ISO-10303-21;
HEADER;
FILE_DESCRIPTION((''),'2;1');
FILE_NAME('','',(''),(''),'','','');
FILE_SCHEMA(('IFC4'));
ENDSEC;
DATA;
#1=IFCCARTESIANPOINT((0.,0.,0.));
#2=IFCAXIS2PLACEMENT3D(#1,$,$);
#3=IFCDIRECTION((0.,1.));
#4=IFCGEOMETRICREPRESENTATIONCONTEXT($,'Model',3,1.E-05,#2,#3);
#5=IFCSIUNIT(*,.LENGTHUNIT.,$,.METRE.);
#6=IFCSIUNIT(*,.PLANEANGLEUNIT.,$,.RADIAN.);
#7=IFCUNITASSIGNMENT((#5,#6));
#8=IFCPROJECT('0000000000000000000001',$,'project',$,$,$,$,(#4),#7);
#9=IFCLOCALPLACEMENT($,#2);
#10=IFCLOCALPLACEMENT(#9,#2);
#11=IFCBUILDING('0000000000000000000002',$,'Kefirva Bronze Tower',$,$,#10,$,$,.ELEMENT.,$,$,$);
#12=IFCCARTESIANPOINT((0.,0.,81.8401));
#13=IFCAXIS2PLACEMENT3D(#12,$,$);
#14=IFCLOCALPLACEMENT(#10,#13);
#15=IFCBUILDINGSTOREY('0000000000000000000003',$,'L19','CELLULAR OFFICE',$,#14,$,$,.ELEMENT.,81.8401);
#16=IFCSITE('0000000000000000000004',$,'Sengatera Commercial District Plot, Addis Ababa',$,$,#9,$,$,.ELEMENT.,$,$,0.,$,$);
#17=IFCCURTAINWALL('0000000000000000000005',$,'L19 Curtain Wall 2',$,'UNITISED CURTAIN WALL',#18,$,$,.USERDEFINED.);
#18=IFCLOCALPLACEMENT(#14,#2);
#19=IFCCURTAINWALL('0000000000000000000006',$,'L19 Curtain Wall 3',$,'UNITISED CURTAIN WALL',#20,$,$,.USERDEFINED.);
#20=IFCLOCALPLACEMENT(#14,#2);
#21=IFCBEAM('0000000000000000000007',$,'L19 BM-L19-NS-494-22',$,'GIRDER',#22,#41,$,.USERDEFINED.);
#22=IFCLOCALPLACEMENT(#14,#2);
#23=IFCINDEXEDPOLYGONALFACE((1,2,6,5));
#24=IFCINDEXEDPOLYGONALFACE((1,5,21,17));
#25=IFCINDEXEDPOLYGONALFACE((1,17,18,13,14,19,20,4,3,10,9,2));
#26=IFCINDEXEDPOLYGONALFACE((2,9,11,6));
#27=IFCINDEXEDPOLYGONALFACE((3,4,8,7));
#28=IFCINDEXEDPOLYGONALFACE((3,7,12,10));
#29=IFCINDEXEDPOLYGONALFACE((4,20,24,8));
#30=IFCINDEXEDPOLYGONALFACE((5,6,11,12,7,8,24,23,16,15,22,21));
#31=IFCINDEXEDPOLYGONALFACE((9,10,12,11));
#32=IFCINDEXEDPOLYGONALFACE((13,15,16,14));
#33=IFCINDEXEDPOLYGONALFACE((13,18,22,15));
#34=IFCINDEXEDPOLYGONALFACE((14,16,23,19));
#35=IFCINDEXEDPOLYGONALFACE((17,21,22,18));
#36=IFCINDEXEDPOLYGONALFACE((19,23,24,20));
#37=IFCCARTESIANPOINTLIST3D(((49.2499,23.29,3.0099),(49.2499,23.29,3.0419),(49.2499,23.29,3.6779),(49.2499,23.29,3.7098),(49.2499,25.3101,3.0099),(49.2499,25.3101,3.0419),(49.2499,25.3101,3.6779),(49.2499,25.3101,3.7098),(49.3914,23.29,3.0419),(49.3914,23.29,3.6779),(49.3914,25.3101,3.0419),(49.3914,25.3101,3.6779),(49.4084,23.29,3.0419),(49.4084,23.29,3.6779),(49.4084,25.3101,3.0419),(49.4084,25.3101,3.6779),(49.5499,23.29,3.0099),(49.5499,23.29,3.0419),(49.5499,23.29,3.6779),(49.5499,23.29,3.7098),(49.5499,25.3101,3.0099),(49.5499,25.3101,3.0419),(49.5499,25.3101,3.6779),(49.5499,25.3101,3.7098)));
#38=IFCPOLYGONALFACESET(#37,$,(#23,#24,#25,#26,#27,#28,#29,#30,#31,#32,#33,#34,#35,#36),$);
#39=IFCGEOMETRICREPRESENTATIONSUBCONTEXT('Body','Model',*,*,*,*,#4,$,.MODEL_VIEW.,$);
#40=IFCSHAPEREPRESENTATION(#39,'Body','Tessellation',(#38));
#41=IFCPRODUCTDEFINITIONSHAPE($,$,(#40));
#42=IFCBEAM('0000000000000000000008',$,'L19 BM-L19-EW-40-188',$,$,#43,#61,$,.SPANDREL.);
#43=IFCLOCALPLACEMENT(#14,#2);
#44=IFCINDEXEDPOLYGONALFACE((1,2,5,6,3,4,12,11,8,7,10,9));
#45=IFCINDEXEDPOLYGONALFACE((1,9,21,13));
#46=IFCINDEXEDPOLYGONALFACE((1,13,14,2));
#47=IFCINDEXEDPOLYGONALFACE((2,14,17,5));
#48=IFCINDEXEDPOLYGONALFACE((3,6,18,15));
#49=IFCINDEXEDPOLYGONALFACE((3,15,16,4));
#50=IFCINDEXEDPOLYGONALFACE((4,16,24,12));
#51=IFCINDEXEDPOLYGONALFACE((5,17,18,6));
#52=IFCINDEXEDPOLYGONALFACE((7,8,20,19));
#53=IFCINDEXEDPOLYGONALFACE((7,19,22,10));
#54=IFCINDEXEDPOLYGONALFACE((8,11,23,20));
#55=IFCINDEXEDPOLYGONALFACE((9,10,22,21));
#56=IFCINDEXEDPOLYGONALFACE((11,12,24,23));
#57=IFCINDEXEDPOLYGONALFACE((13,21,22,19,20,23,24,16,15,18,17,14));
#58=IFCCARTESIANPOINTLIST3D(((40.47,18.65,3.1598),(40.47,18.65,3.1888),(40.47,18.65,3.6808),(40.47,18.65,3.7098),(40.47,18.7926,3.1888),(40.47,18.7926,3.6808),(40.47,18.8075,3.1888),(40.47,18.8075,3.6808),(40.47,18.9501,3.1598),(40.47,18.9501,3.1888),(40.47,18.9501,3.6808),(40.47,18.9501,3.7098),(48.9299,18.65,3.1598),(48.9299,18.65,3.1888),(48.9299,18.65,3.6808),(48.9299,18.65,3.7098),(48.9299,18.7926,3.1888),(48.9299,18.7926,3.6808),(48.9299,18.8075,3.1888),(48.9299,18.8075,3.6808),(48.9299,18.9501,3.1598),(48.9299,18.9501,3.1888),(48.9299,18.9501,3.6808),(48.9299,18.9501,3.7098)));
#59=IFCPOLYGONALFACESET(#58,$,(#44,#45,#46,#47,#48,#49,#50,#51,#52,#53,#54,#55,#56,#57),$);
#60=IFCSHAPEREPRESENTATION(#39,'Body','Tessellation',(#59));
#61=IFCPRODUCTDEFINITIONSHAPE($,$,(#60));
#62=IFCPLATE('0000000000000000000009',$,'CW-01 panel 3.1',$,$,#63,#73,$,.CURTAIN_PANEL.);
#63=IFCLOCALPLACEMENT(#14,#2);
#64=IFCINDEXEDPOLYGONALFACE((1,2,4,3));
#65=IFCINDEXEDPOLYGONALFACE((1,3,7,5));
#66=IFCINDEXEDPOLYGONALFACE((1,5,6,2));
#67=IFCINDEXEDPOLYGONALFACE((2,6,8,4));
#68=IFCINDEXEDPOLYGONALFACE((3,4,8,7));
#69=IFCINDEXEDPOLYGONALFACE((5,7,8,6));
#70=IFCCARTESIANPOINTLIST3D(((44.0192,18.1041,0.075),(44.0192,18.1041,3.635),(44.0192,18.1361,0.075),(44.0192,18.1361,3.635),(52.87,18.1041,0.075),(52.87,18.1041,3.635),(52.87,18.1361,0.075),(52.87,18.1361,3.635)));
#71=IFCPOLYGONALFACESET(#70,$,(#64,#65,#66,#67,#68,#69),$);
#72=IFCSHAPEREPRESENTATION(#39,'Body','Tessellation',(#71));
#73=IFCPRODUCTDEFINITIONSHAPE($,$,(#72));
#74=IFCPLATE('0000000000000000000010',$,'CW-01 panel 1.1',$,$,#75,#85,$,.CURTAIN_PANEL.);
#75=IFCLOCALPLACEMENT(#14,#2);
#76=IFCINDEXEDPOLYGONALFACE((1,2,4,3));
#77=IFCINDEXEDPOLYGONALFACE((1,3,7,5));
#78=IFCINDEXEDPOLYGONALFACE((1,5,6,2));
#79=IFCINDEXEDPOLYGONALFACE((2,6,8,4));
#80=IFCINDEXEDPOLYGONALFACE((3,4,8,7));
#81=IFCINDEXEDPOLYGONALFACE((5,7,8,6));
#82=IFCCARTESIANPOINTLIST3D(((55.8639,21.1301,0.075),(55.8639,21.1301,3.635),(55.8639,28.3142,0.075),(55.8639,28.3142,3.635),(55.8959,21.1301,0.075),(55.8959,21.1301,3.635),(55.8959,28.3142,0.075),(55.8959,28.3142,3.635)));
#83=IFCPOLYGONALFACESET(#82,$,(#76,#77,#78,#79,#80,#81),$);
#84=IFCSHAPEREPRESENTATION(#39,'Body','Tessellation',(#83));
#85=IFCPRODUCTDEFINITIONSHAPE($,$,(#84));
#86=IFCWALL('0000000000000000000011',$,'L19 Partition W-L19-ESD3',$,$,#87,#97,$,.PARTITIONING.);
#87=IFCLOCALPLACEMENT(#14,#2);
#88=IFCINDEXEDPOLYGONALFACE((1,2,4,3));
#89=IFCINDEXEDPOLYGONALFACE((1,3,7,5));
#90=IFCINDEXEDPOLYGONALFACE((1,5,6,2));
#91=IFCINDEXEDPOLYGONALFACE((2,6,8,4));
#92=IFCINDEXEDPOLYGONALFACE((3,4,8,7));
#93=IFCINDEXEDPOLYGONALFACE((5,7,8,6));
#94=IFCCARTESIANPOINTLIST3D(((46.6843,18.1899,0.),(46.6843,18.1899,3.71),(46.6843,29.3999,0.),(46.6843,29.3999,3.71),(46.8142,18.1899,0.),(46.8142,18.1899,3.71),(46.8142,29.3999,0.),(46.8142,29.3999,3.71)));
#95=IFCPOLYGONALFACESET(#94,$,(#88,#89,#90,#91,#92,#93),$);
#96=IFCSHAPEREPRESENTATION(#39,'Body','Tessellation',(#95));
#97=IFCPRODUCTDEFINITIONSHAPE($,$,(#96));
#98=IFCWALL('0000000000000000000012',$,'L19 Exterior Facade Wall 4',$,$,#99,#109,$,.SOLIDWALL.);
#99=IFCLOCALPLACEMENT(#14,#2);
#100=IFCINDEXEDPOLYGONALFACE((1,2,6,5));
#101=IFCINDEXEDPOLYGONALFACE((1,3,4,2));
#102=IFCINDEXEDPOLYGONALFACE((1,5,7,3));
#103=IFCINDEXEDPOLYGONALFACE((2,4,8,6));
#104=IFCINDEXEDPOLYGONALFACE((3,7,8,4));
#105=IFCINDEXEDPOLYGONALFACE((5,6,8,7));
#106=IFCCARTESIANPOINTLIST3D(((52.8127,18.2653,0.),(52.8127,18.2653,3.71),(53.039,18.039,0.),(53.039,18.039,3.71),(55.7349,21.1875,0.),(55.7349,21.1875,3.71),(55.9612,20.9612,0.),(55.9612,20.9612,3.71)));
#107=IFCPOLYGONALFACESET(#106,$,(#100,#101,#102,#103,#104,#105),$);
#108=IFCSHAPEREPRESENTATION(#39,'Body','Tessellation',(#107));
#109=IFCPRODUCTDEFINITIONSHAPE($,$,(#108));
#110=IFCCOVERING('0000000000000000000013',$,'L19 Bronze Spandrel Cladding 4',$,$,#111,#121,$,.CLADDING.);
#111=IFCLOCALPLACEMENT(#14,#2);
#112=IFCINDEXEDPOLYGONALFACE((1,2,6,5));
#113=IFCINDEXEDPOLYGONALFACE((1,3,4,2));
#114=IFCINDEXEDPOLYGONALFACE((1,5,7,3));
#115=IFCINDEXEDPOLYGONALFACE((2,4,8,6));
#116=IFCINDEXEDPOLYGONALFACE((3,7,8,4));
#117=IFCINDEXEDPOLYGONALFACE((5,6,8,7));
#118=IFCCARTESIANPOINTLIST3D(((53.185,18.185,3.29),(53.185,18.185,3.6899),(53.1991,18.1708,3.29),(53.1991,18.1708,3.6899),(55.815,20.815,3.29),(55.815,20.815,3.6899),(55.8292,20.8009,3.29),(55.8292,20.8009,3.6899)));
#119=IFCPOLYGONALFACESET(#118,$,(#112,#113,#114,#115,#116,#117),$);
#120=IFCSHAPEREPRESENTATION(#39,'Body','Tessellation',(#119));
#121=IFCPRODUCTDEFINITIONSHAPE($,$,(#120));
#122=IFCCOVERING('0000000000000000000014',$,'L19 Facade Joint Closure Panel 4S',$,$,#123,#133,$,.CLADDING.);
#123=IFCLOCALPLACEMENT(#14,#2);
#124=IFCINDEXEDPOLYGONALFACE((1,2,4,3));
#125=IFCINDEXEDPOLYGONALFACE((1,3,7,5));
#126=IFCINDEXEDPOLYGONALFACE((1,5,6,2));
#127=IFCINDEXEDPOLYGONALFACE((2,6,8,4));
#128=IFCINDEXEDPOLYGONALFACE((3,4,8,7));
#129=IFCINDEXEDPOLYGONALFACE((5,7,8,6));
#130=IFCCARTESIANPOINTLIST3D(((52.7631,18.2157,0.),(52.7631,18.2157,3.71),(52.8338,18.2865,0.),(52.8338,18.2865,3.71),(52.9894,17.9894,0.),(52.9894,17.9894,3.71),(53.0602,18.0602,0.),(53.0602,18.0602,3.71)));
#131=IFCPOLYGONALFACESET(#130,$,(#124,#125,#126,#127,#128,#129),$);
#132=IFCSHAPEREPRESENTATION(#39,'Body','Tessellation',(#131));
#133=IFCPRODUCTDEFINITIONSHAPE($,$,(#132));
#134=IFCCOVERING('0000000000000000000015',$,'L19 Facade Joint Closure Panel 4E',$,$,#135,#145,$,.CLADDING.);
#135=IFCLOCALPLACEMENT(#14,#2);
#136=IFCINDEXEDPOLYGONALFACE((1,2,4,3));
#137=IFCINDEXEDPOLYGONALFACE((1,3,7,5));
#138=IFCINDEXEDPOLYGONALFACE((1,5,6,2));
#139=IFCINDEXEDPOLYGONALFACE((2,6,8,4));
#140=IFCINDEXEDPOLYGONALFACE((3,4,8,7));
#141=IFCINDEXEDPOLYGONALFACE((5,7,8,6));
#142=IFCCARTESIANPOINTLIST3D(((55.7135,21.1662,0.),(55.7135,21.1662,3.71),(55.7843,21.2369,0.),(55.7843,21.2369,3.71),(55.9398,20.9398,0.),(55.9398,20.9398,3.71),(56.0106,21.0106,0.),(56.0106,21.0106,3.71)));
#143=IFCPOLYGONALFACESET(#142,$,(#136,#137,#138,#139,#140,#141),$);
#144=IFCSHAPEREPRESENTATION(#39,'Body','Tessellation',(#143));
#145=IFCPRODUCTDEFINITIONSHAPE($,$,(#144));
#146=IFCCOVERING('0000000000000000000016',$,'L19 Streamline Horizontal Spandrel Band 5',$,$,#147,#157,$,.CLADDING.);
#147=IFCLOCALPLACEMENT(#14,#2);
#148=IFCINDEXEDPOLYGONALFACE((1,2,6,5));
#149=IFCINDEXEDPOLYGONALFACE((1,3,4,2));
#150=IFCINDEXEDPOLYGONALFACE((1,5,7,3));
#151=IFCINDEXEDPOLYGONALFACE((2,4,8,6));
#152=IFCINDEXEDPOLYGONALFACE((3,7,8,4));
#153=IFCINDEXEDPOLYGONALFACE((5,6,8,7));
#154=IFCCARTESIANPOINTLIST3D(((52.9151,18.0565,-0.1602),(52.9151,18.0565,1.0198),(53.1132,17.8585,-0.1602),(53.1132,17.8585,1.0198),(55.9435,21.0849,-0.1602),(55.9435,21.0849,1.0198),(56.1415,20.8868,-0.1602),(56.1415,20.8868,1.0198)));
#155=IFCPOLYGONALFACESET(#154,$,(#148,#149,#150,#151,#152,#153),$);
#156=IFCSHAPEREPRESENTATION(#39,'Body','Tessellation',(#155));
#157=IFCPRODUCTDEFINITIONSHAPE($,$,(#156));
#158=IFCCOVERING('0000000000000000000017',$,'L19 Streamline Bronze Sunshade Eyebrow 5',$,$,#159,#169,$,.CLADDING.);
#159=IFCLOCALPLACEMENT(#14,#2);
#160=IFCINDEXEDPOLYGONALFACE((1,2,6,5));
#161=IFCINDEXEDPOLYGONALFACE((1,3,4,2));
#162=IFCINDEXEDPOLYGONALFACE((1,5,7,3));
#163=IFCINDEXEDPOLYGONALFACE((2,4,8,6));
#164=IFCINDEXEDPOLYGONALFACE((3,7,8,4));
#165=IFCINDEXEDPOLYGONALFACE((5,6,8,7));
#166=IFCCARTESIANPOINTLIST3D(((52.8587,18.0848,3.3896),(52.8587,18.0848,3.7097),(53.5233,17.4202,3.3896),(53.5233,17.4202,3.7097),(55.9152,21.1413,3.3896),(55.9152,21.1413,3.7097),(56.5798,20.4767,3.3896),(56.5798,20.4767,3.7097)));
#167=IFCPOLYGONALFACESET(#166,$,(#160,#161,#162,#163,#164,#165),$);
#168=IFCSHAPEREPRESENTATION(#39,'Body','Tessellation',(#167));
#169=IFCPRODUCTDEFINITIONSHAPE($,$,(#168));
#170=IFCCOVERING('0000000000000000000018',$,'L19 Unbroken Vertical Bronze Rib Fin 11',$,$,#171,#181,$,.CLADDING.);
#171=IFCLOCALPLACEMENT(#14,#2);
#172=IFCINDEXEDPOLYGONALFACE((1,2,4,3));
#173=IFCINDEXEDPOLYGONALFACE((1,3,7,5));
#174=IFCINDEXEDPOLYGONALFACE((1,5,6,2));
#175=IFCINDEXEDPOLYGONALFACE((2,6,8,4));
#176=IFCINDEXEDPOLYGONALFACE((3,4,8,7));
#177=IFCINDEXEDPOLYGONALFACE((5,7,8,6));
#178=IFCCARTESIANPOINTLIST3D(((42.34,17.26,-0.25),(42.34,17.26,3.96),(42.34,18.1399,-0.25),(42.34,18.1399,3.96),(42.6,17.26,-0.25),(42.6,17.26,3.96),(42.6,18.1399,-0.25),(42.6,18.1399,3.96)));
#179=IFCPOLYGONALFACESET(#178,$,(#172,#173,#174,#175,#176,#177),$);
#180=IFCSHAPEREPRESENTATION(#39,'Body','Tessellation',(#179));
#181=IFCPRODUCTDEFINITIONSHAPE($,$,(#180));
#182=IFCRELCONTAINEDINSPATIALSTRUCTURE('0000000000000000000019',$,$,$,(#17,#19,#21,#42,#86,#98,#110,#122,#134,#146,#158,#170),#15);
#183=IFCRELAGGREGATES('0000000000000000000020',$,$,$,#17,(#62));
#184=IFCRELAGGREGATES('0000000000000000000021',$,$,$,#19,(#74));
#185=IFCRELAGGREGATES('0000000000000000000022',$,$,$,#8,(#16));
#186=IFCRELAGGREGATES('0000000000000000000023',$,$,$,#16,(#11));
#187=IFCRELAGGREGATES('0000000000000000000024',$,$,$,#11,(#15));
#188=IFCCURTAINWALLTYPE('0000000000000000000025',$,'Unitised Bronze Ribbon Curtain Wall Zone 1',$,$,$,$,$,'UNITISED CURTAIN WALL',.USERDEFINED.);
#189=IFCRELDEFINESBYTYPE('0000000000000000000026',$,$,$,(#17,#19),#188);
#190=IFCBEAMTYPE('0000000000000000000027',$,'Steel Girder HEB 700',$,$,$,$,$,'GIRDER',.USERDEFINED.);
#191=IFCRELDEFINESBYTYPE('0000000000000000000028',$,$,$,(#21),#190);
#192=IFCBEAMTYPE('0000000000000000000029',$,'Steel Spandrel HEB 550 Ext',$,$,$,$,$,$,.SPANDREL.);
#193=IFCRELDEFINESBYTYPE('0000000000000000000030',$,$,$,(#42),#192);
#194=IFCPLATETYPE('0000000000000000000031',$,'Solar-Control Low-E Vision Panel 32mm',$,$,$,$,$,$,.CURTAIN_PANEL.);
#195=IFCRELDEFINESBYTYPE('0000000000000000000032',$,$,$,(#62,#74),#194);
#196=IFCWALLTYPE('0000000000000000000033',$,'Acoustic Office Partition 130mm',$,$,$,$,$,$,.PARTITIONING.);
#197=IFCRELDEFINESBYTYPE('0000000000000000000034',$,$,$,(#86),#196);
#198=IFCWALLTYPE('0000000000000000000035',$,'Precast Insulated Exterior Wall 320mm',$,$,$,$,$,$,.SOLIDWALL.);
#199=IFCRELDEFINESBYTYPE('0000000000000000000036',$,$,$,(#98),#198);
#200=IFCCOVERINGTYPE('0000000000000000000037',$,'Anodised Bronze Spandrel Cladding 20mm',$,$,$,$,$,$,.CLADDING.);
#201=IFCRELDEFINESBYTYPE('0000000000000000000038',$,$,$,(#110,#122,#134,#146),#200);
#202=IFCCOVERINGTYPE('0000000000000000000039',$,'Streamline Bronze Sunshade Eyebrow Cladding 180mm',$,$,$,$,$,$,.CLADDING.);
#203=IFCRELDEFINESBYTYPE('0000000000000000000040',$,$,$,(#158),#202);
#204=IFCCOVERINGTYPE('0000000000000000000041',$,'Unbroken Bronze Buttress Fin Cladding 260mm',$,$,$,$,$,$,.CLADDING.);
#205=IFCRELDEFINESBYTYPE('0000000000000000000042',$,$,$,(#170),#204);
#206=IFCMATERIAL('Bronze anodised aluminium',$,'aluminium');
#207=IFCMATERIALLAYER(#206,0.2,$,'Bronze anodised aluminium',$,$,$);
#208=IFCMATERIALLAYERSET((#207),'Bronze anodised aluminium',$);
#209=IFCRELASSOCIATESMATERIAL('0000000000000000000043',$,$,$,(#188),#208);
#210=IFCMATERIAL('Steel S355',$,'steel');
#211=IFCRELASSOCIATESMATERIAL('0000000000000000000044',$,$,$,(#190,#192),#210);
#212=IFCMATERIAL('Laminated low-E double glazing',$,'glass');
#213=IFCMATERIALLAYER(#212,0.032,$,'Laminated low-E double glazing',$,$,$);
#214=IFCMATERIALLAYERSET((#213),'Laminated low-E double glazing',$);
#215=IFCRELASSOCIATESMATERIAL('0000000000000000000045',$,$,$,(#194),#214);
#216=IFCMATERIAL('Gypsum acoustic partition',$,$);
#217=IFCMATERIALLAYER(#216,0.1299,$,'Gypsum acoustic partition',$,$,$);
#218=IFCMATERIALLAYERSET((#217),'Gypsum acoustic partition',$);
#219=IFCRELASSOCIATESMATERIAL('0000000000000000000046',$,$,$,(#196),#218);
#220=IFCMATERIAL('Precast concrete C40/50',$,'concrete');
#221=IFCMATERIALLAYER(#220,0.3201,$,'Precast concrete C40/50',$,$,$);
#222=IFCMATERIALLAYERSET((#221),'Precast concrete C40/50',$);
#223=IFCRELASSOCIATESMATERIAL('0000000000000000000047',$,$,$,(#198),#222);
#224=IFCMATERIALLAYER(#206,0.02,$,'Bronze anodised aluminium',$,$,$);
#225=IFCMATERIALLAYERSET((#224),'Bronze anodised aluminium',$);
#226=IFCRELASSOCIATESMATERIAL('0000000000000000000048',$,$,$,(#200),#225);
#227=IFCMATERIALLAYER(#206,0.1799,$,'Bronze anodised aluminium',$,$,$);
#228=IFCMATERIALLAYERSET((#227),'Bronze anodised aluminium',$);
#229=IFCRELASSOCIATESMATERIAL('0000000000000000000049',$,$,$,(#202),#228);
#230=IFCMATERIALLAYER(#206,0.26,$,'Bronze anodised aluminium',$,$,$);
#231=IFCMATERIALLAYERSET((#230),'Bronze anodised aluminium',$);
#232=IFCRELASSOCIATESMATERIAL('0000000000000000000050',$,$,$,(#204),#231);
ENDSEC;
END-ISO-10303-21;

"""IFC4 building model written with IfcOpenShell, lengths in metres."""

from ifc_helpers import new_model, si_unit, direction, frame, frame_2d, origin, origin_2d, place, context, subcontext, project, spatial, rectangle, i_section, extrude, material, layer, layer_set, material_profile, profile_set, type_object, element, aggregate, save


model = new_model("IFC4")

# Units and contexts
model_context = context("Model", 3, precision=1e-05, world=origin(), true_north=direction((0.0, 1.0)))
body_context = subcontext(model_context, "Body", "Model", "MODEL_VIEW")
ifc_project = project(units=[si_unit("LENGTHUNIT", "METRE"), si_unit("PLANEANGLEUNIT", "RADIAN")], contexts=[model_context])

# Site, building, storey
site_placement = place(None, origin())
site = spatial("IfcSite", under=ifc_project, at=site_placement, Name="Sengatera Commercial District Plot, Addis Ababa", CompositionType="ELEMENT", RefElevation=0.0)
building_placement = place(site_placement, origin())
building = spatial("IfcBuilding", under=site, at=building_placement, Name="Kefirva Bronze Tower", CompositionType="ELEMENT")
storey_placement = place(building_placement, frame((0.0, 0.0, 81.8401)))
storey = spatial("IfcBuildingStorey", under=building, at=storey_placement, Name="L19", Description="CELLULAR OFFICE", CompositionType="ELEMENT", Elevation=81.8401)

# Curtain wall
ifc_material_1 = material(Name="Bronze anodised aluminium", Category="aluminium")
ifc_layer_1 = layer(ifc_material_1, 0.2, Name="Bronze anodised aluminium")
ifc_layer_set_1 = layer_set([ifc_layer_1], Name="Bronze anodised aluminium")
curtain_wall_type = type_object("IfcCurtainWallType", Name="Unitised Bronze Ribbon Curtain Wall Zone 1", ElementType="UNITISED CURTAIN WALL", PredefinedType="USERDEFINED", material=ifc_layer_set_1)
curtain_wall_1_placement = place(storey_placement, origin())
curtain_wall_1 = element("IfcCurtainWall", 1, at=curtain_wall_1_placement, inside=storey, type_object=curtain_wall_type, Name="L19 Curtain Wall 2", ObjectType="UNITISED CURTAIN WALL", PredefinedType="USERDEFINED")

# Curtain wall
curtain_wall_2_placement = place(storey_placement, origin())
curtain_wall_2 = element("IfcCurtainWall", 2, at=curtain_wall_2_placement, inside=storey, type_object=curtain_wall_type, Name="L19 Curtain Wall 3", ObjectType="UNITISED CURTAIN WALL", PredefinedType="USERDEFINED")

# Beams
ifc_material_2 = material(Name="Steel S355", Category="steel")
ifc_material_profile_1 = material_profile(ifc_material_2, i_section(OverallWidth=0.3, OverallDepth=0.7, WebThickness=0.0171, FlangeThickness=0.032, at=origin_2d()), Name="HEB 700")
ifc_profile_set_1 = profile_set([ifc_material_profile_1], Name="Steel S355")
beam_type_1 = type_object("IfcBeamType", Name="Steel Girder HEB 700", ElementType="GIRDER", PredefinedType="USERDEFINED", material=ifc_profile_set_1)
beam_1_placement = place(storey_placement, frame((49.3999, 23.29, 3.3599), z_axis=(0.0, 1.0, 0.0), x_axis=(-1.0, 0.0, 0.0)))
element("IfcBeam", 3, at=beam_1_placement, inside=storey, type_object=beam_type_1, Name="L19 BM-L19-NS-494-22", ObjectType="GIRDER", PredefinedType="USERDEFINED", context=body_context, shape_type="SweptSolid", body=[
    extrude(i_section(OverallWidth=0.3, OverallDepth=0.7, WebThickness=0.0171, FlangeThickness=0.032, at=origin_2d()), origin(), (0.0, 0.0, 1.0), 2.02),
])
ifc_material_profile_2 = material_profile(ifc_material_2, i_section(OverallWidth=0.3, OverallDepth=0.55, WebThickness=0.0149, FlangeThickness=0.0291, at=origin_2d()), Name="HEB 550")
ifc_profile_set_2 = profile_set([ifc_material_profile_2], Name="Steel S355")
beam_type_2 = type_object("IfcBeamType", Name="Steel Spandrel HEB 550 Ext", PredefinedType="SPANDREL", material=ifc_profile_set_2)
beam_2_placement = place(storey_placement, frame((40.47, 18.8, 3.4348), z_axis=(1.0, 0.0, 0.0), x_axis=(0.0, 1.0, 0.0)))
element("IfcBeam", 4, at=beam_2_placement, inside=storey, type_object=beam_type_2, Name="L19 BM-L19-EW-40-188", PredefinedType="SPANDREL", context=body_context, shape_type="SweptSolid", body=[
    extrude(i_section(OverallWidth=0.3, OverallDepth=0.55, WebThickness=0.0149, FlangeThickness=0.0291, at=origin_2d()), origin(), (0.0, 0.0, 1.0), 8.46),
])

# Plates
ifc_material_3 = material(Name="Laminated low-E double glazing", Category="glass")
ifc_layer_2 = layer(ifc_material_3, 0.032, Name="Laminated low-E double glazing")
ifc_layer_set_2 = layer_set([ifc_layer_2], Name="Laminated low-E double glazing")
plate_type = type_object("IfcPlateType", Name="Solar-Control Low-E Vision Panel 32mm", PredefinedType="CURTAIN_PANEL", material=ifc_layer_set_2)
plate_1_placement = place(storey_placement, frame((48.4446, 18.1201, 0.075), z_axis=(0.0, 0.0, 1.0), x_axis=(1.0, 0.0, 0.0)))
plate_1 = element("IfcPlate", 5, at=plate_1_placement, type_object=plate_type, Name="CW-01 panel 3.1", PredefinedType="CURTAIN_PANEL", context=body_context, shape_type="SweptSolid", body=[
    extrude(rectangle(XDim=8.8508, YDim=0.032, at=origin_2d()), origin(), (0.0, 0.0, 1.0), 3.5601),
])
aggregate(curtain_wall_1, [plate_1])
plate_2_placement = place(storey_placement, frame((55.8799, 24.7222, 0.075), z_axis=(0.0, 0.0, 1.0), x_axis=(0.0, 1.0, 0.0)))
plate_2 = element("IfcPlate", 6, at=plate_2_placement, type_object=plate_type, Name="CW-01 panel 1.1", PredefinedType="CURTAIN_PANEL", context=body_context, shape_type="SweptSolid", body=[
    extrude(rectangle(XDim=7.1841, YDim=0.032, at=origin_2d()), origin(), (0.0, 0.0, 1.0), 3.5601),
])
aggregate(curtain_wall_2, [plate_2])

# Walls
ifc_material_4 = material(Name="Gypsum acoustic partition")
ifc_layer_3 = layer(ifc_material_4, 0.1299, Name="Gypsum acoustic partition")
ifc_layer_set_3 = layer_set([ifc_layer_3], Name="Gypsum acoustic partition")
wall_type_1 = type_object("IfcWallType", Name="Acoustic Office Partition 130mm", PredefinedType="PARTITIONING", material=ifc_layer_set_3)
wall_1_placement = place(storey_placement, frame((46.7493, 18.1899, 0.0), z_axis=(0.0, 0.0, 1.0), x_axis=(0.0, 1.0, 0.0)))
element("IfcWall", 7, at=wall_1_placement, inside=storey, type_object=wall_type_1, Name="L19 Partition W-L19-ESD3", PredefinedType="PARTITIONING", context=body_context, shape_type="SweptSolid", body=[
    extrude(rectangle(XDim=11.21, YDim=0.1299, at=frame_2d((5.605, 0.0))), origin(), (0.0, 0.0, 1.0), 3.71),
])
ifc_material_5 = material(Name="Precast concrete C40/50", Category="concrete")
ifc_layer_4 = layer(ifc_material_5, 0.3201, Name="Precast concrete C40/50")
ifc_layer_set_4 = layer_set([ifc_layer_4], Name="Precast concrete C40/50")
wall_type_2 = type_object("IfcWallType", Name="Precast Insulated Exterior Wall 320mm", PredefinedType="SOLIDWALL", material=ifc_layer_set_4)
wall_2_placement = place(storey_placement, frame((52.9258, 18.1521, 0.0), z_axis=(0.0, 0.0, 1.0), x_axis=(0.707107, 0.707107, 0.0)))
element("IfcWall", 8, at=wall_2_placement, inside=storey, type_object=wall_type_2, Name="L19 Exterior Facade Wall 4", PredefinedType="SOLIDWALL", context=body_context, shape_type="SweptSolid", body=[
    extrude(rectangle(XDim=4.1326, YDim=0.3201, at=frame_2d((2.0664, 0.0))), origin(), (0.0, 0.0, 1.0), 3.71),
])

# Coverings
ifc_layer_5 = layer(ifc_material_1, 0.02, Name="Bronze anodised aluminium")
ifc_layer_set_5 = layer_set([ifc_layer_5], Name="Bronze anodised aluminium")
covering_type_1 = type_object("IfcCoveringType", Name="Anodised Bronze Spandrel Cladding 20mm", PredefinedType="CLADDING", material=ifc_layer_set_5)
covering_1_placement = place(storey_placement, frame((54.5071, 19.4929, 3.29), z_axis=(0.0, 0.0, 1.0), x_axis=(0.707107, 0.707107, 0.0)))
element("IfcCovering", 9, at=covering_1_placement, inside=storey, type_object=covering_type_1, Name="L19 Bronze Spandrel Cladding 4", PredefinedType="CLADDING", context=body_context, shape_type="SweptSolid", body=[
    extrude(rectangle(XDim=3.7195, YDim=0.02, at=origin_2d()), origin(), (0.0, 0.0, 1.0), 0.3999),
])
for number, where, z_axis, x_axis, name in (
    (10, (52.9116, 18.1379, 0.0), (0.0, 0.0, 1.0), (0.707107, 0.707107, 0.0), "L19 Facade Joint Closure Panel 4S"),
    (11, (55.8621, 21.0884, 0.0), (0.0, 0.0, 1.0), (0.707107, 0.707107, 0.0), "L19 Facade Joint Closure Panel 4E"),
):
    element("IfcCovering", number, at=place(storey_placement, frame(where, z_axis=z_axis, x_axis=x_axis)), inside=storey, type_object=covering_type_1, Name=name, PredefinedType="CLADDING", context=body_context, shape_type="SweptSolid", body=[
        extrude(rectangle(XDim=0.1001, YDim=0.3201, at=origin_2d()), origin(), (0.0, 0.0, 1.0), 3.71),
    ])
covering_2_placement = place(storey_placement, frame((54.5283, 19.4717, -0.1602), z_axis=(0.0, 0.0, 1.0), x_axis=(0.707107, 0.707107, 0.0)))
element("IfcCovering", 12, at=covering_2_placement, inside=storey, type_object=covering_type_1, Name="L19 Streamline Horizontal Spandrel Band 5", PredefinedType="CLADDING", context=body_context, shape_type="SweptSolid", body=[
    extrude(rectangle(XDim=4.2827, YDim=0.28, at=origin_2d()), origin(), (0.0, 0.0, 1.0), 1.1799),
])
ifc_layer_6 = layer(ifc_material_1, 0.1799, Name="Bronze anodised aluminium")
ifc_layer_set_6 = layer_set([ifc_layer_6], Name="Bronze anodised aluminium")
covering_type_2 = type_object("IfcCoveringType", Name="Streamline Bronze Sunshade Eyebrow Cladding 180mm", PredefinedType="CLADDING", material=ifc_layer_set_6)
covering_3_placement = place(storey_placement, frame((54.7192, 19.2808, 3.3896), z_axis=(0.0, 0.0, 1.0), x_axis=(0.707107, 0.707107, 0.0)))
element("IfcCovering", 13, at=covering_3_placement, inside=storey, type_object=covering_type_2, Name="L19 Streamline Bronze Sunshade Eyebrow 5", PredefinedType="CLADDING", context=body_context, shape_type="SweptSolid", body=[
    extrude(rectangle(XDim=4.3225, YDim=0.9399, at=origin_2d()), origin(), (0.0, 0.0, 1.0), 0.3201),
])
ifc_layer_7 = layer(ifc_material_1, 0.26, Name="Bronze anodised aluminium")
ifc_layer_set_7 = layer_set([ifc_layer_7], Name="Bronze anodised aluminium")
covering_type_3 = type_object("IfcCoveringType", Name="Unbroken Bronze Buttress Fin Cladding 260mm", PredefinedType="CLADDING", material=ifc_layer_set_7)
for number, where, z_axis, x_axis, name in (
    (14, (42.47, 17.7, -0.25), (0.0, 0.0, 1.0), (1.0, 0.0, 0.0), "L19 Unbroken Vertical Bronze Rib Fin 11"),
):
    element("IfcCovering", number, at=place(storey_placement, frame(where, z_axis=z_axis, x_axis=x_axis)), inside=storey, type_object=covering_type_3, Name=name, PredefinedType="CLADDING", context=body_context, shape_type="SweptSolid", body=[
        extrude(rectangle(XDim=0.26, YDim=0.8799, at=origin_2d()), origin(), (0.0, 0.0, 1.0), 4.21),
    ])

save(model, "model.ifc")
